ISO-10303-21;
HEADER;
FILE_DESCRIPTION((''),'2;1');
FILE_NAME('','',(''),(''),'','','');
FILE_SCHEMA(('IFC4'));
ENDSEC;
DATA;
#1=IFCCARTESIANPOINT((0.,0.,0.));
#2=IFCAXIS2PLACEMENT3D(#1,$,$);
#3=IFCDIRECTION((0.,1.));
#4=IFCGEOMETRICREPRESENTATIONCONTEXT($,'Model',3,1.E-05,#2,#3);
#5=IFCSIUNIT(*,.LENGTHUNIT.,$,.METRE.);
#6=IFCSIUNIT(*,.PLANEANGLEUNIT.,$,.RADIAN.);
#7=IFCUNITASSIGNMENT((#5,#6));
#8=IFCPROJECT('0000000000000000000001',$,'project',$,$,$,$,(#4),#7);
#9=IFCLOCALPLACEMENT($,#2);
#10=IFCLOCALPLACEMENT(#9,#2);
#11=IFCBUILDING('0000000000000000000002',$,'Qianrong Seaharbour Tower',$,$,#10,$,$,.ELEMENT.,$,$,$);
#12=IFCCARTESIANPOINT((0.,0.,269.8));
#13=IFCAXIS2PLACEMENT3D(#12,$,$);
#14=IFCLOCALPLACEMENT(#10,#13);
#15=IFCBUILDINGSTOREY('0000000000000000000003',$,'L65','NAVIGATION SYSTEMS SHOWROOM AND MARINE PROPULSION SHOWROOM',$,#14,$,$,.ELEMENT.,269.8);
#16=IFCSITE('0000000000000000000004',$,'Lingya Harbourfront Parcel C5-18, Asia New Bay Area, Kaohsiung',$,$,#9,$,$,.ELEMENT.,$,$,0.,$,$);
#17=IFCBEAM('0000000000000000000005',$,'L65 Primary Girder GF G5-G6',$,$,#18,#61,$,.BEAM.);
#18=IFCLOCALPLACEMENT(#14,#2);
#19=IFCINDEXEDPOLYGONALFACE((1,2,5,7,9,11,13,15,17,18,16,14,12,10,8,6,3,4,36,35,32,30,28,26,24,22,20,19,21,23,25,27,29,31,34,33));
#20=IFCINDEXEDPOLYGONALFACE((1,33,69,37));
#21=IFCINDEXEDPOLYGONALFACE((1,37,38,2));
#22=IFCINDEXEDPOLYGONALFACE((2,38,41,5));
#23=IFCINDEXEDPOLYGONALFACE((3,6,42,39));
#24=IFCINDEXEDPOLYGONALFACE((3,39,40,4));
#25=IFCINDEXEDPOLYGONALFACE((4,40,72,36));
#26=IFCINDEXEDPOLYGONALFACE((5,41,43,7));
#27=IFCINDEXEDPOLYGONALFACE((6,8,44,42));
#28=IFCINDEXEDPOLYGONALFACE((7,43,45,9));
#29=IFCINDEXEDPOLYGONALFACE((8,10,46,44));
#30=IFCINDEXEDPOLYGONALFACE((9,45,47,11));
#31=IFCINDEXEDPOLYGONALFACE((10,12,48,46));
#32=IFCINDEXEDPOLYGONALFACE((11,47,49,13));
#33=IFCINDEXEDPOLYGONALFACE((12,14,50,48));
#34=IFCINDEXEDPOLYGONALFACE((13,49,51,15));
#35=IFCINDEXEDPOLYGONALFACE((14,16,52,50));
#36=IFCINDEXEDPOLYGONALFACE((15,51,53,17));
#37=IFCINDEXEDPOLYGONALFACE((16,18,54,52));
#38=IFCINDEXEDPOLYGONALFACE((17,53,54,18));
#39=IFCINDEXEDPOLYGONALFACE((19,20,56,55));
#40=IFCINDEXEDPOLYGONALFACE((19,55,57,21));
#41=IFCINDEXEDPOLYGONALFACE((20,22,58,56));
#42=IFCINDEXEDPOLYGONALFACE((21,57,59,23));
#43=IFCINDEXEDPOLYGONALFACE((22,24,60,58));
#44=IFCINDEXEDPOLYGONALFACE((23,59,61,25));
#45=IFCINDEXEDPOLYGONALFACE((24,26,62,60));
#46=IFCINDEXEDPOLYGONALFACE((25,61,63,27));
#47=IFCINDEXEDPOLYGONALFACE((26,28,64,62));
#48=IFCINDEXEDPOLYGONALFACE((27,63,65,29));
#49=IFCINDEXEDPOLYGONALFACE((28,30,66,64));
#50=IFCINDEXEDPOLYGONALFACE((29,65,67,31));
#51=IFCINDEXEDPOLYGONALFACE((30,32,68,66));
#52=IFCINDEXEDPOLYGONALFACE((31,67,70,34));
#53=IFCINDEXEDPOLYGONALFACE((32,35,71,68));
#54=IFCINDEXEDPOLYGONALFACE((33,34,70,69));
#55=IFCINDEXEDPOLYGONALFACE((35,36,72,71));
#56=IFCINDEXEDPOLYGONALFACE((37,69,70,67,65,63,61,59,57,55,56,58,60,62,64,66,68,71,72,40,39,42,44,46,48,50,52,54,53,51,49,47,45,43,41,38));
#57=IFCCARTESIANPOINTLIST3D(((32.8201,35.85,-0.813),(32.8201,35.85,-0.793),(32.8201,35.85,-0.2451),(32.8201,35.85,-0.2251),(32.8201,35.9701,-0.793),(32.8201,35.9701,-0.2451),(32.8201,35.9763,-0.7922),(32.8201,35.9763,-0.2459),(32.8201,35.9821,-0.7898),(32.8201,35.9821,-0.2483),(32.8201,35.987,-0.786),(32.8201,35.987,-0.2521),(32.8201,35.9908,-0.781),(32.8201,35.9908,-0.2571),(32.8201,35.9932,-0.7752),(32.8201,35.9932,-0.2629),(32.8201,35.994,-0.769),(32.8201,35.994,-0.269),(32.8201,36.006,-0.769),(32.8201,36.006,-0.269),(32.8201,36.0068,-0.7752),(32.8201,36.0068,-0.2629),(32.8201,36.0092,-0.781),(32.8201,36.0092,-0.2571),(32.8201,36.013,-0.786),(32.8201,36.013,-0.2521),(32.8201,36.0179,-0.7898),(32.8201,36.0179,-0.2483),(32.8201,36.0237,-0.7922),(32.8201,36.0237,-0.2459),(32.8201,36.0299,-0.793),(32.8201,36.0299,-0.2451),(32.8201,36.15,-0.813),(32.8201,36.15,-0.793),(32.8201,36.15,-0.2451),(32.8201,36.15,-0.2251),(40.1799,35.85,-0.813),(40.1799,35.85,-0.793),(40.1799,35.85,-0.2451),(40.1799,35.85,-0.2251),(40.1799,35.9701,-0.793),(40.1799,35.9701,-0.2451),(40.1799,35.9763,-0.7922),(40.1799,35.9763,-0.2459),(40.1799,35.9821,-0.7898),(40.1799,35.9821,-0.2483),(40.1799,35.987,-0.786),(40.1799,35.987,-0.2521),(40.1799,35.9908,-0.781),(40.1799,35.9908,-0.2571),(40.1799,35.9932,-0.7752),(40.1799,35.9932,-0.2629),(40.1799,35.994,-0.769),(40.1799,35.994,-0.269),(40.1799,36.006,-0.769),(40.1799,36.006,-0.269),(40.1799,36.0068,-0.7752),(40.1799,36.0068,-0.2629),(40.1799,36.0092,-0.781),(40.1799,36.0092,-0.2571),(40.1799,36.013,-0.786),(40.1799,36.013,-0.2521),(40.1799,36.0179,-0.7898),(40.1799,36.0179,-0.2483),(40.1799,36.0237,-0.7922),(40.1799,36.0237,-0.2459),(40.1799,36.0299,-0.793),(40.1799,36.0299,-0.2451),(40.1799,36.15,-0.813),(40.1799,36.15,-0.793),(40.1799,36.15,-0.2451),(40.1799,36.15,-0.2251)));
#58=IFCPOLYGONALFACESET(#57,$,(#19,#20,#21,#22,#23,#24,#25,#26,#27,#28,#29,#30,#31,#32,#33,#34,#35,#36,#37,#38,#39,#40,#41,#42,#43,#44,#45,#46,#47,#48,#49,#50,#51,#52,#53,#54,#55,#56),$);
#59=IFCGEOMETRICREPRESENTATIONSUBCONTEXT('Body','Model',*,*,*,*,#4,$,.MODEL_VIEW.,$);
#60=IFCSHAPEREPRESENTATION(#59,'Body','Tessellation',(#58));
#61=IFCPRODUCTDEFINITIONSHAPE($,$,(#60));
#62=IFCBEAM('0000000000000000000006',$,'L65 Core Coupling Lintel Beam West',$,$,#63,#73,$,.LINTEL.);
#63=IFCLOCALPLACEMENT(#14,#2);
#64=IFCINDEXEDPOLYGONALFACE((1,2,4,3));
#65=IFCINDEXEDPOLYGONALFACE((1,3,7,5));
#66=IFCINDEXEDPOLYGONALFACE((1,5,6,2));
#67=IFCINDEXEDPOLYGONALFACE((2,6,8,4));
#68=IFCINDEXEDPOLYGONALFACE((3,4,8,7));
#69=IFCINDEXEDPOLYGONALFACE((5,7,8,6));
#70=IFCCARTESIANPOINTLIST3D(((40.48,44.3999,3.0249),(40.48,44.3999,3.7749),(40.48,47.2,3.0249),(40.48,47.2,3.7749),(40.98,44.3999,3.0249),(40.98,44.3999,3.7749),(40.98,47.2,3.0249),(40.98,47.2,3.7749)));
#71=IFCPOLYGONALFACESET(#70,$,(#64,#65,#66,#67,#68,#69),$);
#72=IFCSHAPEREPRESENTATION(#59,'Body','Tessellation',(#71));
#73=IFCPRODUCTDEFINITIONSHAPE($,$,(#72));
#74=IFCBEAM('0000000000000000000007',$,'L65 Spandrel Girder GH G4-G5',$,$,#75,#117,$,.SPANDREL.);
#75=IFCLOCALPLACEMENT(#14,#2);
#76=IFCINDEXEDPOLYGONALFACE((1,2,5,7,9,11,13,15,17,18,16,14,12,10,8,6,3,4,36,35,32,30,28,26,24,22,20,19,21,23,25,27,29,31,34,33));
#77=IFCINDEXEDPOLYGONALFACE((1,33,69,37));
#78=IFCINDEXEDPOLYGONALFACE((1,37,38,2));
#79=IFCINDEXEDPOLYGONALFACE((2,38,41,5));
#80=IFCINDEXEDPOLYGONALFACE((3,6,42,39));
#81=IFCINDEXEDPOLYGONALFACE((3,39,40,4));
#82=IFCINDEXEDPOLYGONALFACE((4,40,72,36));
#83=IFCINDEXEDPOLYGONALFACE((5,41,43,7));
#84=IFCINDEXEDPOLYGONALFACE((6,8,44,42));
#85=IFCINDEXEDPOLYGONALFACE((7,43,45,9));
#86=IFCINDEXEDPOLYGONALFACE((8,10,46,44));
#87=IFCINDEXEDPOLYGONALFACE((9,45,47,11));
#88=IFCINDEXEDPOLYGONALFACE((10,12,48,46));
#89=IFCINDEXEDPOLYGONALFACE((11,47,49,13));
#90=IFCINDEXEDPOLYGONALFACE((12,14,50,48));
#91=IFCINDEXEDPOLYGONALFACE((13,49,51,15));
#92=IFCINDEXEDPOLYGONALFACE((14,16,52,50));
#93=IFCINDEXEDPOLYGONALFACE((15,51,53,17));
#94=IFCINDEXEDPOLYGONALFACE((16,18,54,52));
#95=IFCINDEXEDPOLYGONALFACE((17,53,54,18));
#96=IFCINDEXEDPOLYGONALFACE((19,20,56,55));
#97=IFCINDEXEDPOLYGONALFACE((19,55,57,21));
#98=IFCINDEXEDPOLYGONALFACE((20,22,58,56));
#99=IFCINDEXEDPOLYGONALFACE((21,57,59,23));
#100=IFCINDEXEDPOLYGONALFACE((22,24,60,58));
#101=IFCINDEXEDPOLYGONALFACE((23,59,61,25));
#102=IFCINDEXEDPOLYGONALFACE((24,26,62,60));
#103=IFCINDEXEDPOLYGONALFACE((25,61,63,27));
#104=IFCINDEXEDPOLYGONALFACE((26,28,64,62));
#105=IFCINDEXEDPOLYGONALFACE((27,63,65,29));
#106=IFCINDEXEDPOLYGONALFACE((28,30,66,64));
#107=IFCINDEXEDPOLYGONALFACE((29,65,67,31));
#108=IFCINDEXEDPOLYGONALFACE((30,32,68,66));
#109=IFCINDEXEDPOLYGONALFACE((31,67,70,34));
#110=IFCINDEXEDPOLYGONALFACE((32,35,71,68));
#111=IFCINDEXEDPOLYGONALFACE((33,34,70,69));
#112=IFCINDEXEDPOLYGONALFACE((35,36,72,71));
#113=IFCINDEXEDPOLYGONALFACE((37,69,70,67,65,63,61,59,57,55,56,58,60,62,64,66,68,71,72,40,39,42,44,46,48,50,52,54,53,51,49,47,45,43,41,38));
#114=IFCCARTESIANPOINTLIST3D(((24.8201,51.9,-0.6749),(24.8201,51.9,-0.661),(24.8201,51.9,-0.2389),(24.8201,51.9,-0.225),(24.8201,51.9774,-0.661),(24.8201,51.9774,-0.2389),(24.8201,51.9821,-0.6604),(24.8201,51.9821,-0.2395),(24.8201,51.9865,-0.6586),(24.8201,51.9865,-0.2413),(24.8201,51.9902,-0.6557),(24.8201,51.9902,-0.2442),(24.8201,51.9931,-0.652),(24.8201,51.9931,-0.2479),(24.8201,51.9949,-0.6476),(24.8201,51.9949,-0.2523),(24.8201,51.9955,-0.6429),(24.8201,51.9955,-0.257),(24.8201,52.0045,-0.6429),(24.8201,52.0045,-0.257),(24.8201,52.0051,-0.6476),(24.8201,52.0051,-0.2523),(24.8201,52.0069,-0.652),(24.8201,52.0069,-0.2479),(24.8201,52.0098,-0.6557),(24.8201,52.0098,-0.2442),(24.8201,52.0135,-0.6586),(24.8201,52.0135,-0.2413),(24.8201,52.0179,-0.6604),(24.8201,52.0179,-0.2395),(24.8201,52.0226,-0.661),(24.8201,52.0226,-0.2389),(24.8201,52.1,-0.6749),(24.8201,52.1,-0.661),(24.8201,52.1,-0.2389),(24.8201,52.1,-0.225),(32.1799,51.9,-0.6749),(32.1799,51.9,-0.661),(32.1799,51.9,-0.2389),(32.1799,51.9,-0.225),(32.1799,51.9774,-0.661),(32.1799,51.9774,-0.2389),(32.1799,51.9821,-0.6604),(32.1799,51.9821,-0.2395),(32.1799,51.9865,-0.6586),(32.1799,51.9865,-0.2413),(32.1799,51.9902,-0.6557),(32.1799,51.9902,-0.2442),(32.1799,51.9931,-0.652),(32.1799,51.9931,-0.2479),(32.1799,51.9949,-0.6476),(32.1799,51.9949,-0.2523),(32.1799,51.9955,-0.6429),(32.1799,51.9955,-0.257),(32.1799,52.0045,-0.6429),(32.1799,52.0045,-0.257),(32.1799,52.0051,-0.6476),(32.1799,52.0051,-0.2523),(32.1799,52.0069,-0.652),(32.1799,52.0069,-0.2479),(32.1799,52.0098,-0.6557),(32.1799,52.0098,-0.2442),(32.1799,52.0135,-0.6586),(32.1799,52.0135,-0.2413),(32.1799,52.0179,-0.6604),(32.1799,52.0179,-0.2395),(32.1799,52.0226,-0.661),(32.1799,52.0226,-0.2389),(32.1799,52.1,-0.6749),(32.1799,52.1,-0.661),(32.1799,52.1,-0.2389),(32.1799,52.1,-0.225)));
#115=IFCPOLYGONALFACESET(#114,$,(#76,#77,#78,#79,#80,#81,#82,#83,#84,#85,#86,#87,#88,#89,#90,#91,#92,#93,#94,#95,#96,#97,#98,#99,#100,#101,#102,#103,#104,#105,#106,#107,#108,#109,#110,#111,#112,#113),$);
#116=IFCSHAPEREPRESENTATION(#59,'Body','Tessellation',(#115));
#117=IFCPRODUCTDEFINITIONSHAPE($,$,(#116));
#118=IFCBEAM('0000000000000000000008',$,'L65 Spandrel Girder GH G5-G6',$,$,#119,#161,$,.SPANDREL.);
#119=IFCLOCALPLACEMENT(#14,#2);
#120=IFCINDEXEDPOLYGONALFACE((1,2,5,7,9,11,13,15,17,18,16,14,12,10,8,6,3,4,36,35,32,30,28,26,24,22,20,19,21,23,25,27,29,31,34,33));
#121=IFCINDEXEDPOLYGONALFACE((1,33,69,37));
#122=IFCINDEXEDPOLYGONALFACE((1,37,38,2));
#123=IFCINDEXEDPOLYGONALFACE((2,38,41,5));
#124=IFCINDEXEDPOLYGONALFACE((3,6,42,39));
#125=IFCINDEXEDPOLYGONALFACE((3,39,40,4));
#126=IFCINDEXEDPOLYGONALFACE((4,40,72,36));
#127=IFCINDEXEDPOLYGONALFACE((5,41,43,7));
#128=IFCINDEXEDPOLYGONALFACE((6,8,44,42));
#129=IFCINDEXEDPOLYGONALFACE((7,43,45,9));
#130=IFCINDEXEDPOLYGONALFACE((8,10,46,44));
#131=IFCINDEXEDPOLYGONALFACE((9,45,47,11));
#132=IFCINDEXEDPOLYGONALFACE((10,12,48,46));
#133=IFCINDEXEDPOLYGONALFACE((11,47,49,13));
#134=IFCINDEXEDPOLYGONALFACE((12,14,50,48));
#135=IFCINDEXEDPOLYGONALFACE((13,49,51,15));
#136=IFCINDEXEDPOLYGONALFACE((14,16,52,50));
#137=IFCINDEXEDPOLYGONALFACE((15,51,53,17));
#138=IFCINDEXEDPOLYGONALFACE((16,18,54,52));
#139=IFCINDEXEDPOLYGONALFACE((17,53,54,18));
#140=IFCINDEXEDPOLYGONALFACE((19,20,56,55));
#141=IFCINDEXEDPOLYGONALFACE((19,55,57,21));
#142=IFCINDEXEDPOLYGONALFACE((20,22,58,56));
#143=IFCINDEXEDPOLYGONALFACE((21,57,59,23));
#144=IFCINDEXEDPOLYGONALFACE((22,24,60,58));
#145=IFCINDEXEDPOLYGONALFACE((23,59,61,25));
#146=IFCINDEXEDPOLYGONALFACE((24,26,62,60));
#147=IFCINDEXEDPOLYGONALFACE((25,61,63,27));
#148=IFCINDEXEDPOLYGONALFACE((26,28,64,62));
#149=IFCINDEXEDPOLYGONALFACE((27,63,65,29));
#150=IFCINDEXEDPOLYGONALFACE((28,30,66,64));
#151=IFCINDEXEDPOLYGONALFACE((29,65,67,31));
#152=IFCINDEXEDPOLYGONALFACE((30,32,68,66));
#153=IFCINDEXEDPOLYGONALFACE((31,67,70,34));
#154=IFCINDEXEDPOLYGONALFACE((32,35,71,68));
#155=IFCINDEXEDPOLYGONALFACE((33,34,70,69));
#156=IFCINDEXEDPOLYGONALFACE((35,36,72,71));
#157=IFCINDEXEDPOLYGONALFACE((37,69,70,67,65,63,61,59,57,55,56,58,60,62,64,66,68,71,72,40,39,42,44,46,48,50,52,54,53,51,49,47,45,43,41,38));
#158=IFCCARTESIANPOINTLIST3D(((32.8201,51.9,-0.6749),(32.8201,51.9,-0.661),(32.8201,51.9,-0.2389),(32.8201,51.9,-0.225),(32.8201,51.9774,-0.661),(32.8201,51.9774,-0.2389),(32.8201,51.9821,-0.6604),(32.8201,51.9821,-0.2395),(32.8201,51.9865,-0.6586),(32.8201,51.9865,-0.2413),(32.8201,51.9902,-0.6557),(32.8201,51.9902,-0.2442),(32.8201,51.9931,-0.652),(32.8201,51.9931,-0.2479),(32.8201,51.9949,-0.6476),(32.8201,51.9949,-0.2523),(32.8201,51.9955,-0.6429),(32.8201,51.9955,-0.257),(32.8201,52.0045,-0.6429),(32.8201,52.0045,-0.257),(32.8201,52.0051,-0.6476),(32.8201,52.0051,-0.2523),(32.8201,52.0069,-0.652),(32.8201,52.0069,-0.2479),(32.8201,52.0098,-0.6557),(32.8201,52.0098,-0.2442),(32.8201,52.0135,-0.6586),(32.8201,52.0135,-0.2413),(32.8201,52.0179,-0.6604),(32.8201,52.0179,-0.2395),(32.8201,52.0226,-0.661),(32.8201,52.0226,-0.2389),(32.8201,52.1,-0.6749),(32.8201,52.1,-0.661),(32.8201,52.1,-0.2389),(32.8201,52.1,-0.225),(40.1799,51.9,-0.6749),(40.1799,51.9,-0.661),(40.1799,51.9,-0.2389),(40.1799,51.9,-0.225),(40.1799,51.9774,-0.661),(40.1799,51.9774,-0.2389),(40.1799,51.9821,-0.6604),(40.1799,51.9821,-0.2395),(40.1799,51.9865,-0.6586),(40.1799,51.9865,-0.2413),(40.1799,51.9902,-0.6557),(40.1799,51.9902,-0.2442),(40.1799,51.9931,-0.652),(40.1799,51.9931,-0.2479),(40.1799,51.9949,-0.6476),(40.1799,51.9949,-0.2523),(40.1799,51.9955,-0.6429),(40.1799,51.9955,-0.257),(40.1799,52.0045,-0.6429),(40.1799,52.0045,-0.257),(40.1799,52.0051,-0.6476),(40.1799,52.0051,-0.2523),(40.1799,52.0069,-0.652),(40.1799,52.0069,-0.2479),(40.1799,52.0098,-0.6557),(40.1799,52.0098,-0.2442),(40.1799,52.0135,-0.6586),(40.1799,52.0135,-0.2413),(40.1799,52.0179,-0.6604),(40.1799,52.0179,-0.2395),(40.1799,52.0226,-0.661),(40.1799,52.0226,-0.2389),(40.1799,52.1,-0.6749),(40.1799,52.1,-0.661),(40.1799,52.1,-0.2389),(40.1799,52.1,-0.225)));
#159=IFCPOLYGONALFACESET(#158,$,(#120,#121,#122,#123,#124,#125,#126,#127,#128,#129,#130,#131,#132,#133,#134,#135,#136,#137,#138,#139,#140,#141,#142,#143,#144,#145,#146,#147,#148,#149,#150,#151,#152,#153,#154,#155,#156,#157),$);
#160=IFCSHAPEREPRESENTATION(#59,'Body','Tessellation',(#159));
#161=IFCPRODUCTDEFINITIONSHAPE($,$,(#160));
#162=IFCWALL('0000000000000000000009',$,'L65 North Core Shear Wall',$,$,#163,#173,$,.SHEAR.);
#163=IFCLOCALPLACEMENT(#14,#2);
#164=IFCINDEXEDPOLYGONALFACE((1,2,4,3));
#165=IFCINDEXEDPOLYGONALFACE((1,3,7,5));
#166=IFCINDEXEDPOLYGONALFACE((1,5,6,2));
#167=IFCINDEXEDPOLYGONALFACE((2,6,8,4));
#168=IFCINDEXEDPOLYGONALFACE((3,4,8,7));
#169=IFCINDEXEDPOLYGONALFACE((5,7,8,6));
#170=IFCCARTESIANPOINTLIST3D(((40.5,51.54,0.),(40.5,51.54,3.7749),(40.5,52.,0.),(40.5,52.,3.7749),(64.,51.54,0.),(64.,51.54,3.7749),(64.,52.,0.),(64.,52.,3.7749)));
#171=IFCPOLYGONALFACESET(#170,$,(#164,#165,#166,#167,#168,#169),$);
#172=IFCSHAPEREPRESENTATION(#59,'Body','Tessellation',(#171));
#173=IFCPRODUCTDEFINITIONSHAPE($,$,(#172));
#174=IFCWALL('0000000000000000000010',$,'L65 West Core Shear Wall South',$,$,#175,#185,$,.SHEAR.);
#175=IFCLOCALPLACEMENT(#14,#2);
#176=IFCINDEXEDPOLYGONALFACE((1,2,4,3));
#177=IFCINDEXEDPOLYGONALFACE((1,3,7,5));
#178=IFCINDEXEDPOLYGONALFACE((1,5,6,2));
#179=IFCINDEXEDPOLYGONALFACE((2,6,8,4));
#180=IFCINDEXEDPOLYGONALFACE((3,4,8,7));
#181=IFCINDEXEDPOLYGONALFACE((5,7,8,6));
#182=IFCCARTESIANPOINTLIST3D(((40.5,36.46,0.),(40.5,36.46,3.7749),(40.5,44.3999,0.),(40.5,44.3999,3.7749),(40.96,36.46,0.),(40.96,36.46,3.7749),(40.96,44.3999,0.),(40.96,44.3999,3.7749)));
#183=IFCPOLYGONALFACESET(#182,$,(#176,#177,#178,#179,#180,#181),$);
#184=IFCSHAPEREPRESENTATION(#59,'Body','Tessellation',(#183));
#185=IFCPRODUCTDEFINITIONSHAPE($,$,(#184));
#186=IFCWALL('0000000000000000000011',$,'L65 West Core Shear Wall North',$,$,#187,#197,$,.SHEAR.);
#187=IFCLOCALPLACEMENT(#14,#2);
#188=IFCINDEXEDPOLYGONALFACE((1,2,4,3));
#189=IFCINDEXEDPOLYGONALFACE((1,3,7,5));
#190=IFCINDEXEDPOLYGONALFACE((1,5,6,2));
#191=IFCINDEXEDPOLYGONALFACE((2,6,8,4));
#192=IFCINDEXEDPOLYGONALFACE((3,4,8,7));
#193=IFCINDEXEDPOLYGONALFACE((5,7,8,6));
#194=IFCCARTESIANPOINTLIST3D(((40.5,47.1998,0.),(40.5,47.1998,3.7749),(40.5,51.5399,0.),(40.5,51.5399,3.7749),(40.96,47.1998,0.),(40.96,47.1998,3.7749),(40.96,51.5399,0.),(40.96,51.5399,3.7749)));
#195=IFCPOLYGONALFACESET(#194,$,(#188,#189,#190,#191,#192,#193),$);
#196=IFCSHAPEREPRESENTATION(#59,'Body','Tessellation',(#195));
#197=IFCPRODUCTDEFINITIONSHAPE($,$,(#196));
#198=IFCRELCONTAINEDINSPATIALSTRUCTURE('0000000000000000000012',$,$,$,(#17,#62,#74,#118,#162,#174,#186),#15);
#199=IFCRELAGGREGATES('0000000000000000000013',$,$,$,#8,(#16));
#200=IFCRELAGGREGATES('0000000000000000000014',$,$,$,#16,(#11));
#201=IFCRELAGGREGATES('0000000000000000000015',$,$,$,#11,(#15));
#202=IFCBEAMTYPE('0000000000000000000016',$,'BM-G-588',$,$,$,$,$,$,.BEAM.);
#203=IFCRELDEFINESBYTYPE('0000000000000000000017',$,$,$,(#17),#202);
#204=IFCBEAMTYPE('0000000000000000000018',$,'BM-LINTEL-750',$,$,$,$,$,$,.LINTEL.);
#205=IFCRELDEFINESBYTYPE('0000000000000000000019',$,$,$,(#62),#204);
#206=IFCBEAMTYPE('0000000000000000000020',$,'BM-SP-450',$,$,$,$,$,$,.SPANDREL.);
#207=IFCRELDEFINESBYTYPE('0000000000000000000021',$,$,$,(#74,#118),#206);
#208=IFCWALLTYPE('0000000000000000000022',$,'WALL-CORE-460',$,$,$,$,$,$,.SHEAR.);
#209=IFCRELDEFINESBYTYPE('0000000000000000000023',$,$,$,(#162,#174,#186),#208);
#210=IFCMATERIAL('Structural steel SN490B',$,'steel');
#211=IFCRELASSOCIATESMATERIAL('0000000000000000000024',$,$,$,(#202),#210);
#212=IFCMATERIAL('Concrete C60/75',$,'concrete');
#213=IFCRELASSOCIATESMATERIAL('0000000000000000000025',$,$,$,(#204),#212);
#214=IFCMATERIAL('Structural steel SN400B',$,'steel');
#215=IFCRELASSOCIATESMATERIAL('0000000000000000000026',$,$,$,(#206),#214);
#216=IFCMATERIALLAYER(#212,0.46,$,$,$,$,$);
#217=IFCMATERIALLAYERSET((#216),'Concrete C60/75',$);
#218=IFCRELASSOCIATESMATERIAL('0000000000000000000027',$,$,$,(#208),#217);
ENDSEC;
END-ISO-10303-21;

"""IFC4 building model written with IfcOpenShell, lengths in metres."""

from ifc_helpers import new_model, si_unit, direction, frame, frame_2d, origin, origin_2d, place, context, subcontext, project, spatial, rectangle, i_section, extrude, material, layer, layer_set, material_profile, profile_set, type_object, element, save


model = new_model("IFC4")

# Units and contexts
model_context = context("Model", 3, precision=1e-05, world=origin(), true_north=direction((0.0, 1.0)))
body_context = subcontext(model_context, "Body", "Model", "MODEL_VIEW")
ifc_project = project(units=[si_unit("LENGTHUNIT", "METRE"), si_unit("PLANEANGLEUNIT", "RADIAN")], contexts=[model_context])

# Site, building, storey
site_placement = place(None, origin())
site = spatial("IfcSite", under=ifc_project, at=site_placement, Name="Lingya Harbourfront Parcel C5-18, Asia New Bay Area, Kaohsiung", CompositionType="ELEMENT", RefElevation=0.0)
building_placement = place(site_placement, origin())
building = spatial("IfcBuilding", under=site, at=building_placement, Name="Qianrong Seaharbour Tower", CompositionType="ELEMENT")
storey_placement = place(building_placement, frame((0.0, 0.0, 269.8)))
storey = spatial("IfcBuildingStorey", under=building, at=storey_placement, Name="L65", Description="NAVIGATION SYSTEMS SHOWROOM AND MARINE PROPULSION SHOWROOM", CompositionType="ELEMENT", Elevation=269.8)

# Shared definitions
ifc_material_1 = material(Name="Structural steel SN490B", Category="steel")

# Beams
ifc_material_profile_1 = material_profile(ifc_material_1, i_section(OverallWidth=0.3, OverallDepth=0.5879, WebThickness=0.012, FlangeThickness=0.02, FilletRadius=0.0239, at=origin_2d()), Name="H588x300x12x20")
ifc_profile_set_1 = profile_set([ifc_material_profile_1], Name="Structural steel SN490B")
beam_type_1 = type_object("IfcBeamType", Name="BM-G-588", PredefinedType="BEAM", material=ifc_profile_set_1)
beam_1_placement = place(storey_placement, frame((32.8201, 36.0, -0.519), z_axis=(1.0, 0.0, 0.0), x_axis=(0.0, 1.0, 0.0)))
element("IfcBeam", 1, at=beam_1_placement, inside=storey, type_object=beam_type_1, Name="L65 Primary Girder GF G5-G6", PredefinedType="BEAM", context=body_context, shape_type="SweptSolid", body=[
    extrude(i_section(OverallWidth=0.3, OverallDepth=0.5879, WebThickness=0.012, FlangeThickness=0.02, FilletRadius=0.0239, at=origin_2d()), origin(), (0.0, 0.0, 1.0), 7.3599),
])
ifc_material_2 = material(Name="Concrete C60/75", Category="concrete")
ifc_material_profile_2 = material_profile(ifc_material_2, rectangle(XDim=0.5, YDim=0.75, at=origin_2d()), Name="RC500x750")
ifc_profile_set_2 = profile_set([ifc_material_profile_2], Name="Concrete C60/75")
beam_type_2 = type_object("IfcBeamType", Name="BM-LINTEL-750", PredefinedType="LINTEL", material=ifc_profile_set_2)
beam_2_placement = place(storey_placement, frame((40.73, 44.3999, 3.3999), z_axis=(0.0, 1.0, 0.0), x_axis=(-1.0, 0.0, 0.0)))
element("IfcBeam", 2, at=beam_2_placement, inside=storey, type_object=beam_type_2, Name="L65 Core Coupling Lintel Beam West", PredefinedType="LINTEL", context=body_context, shape_type="SweptSolid", body=[
    extrude(rectangle(XDim=0.5, YDim=0.75, at=origin_2d()), origin(), (0.0, 0.0, 1.0), 2.8),
])
ifc_material_3 = material(Name="Structural steel SN400B", Category="steel")
ifc_material_profile_3 = material_profile(ifc_material_3, i_section(OverallWidth=0.2, OverallDepth=0.45, WebThickness=0.009, FlangeThickness=0.0139, FilletRadius=0.0181, at=origin_2d()), Name="H450x200x9x14")
ifc_profile_set_3 = profile_set([ifc_material_profile_3], Name="Structural steel SN400B")
beam_type_3 = type_object("IfcBeamType", Name="BM-SP-450", PredefinedType="SPANDREL", material=ifc_profile_set_3)
for number, where, z_axis, x_axis, name in (
    (3, (24.8201, 52.0, -0.45), (1.0, 0.0, 0.0), (0.0, 1.0, 0.0), "L65 Spandrel Girder GH G4-G5"),
    (4, (32.8201, 52.0, -0.45), (1.0, 0.0, 0.0), (0.0, 1.0, 0.0), "L65 Spandrel Girder GH G5-G6"),
):
    element("IfcBeam", number, at=place(storey_placement, frame(where, z_axis=z_axis, x_axis=x_axis)), inside=storey, type_object=beam_type_3, Name=name, PredefinedType="SPANDREL", context=body_context, shape_type="SweptSolid", body=[
        extrude(i_section(OverallWidth=0.2, OverallDepth=0.45, WebThickness=0.009, FlangeThickness=0.0139, FilletRadius=0.0181, at=origin_2d()), origin(), (0.0, 0.0, 1.0), 7.3599),
    ])

# Walls
ifc_layer_1 = layer(ifc_material_2, 0.46)
ifc_layer_set_1 = layer_set([ifc_layer_1], Name="Concrete C60/75")
wall_type_1 = type_object("IfcWallType", Name="WALL-CORE-460", PredefinedType="SHEAR", material=ifc_layer_set_1)
wall_1_placement = place(storey_placement, frame((40.5, 51.77, 0.0), z_axis=(0.0, 0.0, 1.0), x_axis=(1.0, 0.0, 0.0)))
element("IfcWall", 5, at=wall_1_placement, inside=storey, type_object=wall_type_1, Name="L65 North Core Shear Wall", PredefinedType="SHEAR", context=body_context, shape_type="SweptSolid", body=[
    extrude(rectangle(XDim=23.5, YDim=0.46, at=frame_2d((11.75, 0.0))), origin(), (0.0, 0.0, 1.0), 3.7749),
])
wall_2_placement = place(storey_placement, frame((40.73, 36.46, 0.0), z_axis=(0.0, 0.0, 1.0), x_axis=(0.0, 1.0, 0.0)))
element("IfcWall", 6, at=wall_2_placement, inside=storey, type_object=wall_type_1, Name="L65 West Core Shear Wall South", PredefinedType="SHEAR", context=body_context, shape_type="SweptSolid", body=[
    extrude(rectangle(XDim=7.9399, YDim=0.46, at=frame_2d((3.97, 0.0))), origin(), (0.0, 0.0, 1.0), 3.7749),
])
wall_3_placement = place(storey_placement, frame((40.73, 47.2, 0.0), z_axis=(0.0, 0.0, 1.0), x_axis=(0.0, 1.0, 0.0)))
element("IfcWall", 7, at=wall_3_placement, inside=storey, type_object=wall_type_1, Name="L65 West Core Shear Wall North", PredefinedType="SHEAR", context=body_context, shape_type="SweptSolid", body=[
    extrude(rectangle(XDim=4.3401, YDim=0.46, at=frame_2d((2.1699, 0.0))), origin(), (0.0, 0.0, 1.0), 3.7749),
])

save(model, "model.ifc")
